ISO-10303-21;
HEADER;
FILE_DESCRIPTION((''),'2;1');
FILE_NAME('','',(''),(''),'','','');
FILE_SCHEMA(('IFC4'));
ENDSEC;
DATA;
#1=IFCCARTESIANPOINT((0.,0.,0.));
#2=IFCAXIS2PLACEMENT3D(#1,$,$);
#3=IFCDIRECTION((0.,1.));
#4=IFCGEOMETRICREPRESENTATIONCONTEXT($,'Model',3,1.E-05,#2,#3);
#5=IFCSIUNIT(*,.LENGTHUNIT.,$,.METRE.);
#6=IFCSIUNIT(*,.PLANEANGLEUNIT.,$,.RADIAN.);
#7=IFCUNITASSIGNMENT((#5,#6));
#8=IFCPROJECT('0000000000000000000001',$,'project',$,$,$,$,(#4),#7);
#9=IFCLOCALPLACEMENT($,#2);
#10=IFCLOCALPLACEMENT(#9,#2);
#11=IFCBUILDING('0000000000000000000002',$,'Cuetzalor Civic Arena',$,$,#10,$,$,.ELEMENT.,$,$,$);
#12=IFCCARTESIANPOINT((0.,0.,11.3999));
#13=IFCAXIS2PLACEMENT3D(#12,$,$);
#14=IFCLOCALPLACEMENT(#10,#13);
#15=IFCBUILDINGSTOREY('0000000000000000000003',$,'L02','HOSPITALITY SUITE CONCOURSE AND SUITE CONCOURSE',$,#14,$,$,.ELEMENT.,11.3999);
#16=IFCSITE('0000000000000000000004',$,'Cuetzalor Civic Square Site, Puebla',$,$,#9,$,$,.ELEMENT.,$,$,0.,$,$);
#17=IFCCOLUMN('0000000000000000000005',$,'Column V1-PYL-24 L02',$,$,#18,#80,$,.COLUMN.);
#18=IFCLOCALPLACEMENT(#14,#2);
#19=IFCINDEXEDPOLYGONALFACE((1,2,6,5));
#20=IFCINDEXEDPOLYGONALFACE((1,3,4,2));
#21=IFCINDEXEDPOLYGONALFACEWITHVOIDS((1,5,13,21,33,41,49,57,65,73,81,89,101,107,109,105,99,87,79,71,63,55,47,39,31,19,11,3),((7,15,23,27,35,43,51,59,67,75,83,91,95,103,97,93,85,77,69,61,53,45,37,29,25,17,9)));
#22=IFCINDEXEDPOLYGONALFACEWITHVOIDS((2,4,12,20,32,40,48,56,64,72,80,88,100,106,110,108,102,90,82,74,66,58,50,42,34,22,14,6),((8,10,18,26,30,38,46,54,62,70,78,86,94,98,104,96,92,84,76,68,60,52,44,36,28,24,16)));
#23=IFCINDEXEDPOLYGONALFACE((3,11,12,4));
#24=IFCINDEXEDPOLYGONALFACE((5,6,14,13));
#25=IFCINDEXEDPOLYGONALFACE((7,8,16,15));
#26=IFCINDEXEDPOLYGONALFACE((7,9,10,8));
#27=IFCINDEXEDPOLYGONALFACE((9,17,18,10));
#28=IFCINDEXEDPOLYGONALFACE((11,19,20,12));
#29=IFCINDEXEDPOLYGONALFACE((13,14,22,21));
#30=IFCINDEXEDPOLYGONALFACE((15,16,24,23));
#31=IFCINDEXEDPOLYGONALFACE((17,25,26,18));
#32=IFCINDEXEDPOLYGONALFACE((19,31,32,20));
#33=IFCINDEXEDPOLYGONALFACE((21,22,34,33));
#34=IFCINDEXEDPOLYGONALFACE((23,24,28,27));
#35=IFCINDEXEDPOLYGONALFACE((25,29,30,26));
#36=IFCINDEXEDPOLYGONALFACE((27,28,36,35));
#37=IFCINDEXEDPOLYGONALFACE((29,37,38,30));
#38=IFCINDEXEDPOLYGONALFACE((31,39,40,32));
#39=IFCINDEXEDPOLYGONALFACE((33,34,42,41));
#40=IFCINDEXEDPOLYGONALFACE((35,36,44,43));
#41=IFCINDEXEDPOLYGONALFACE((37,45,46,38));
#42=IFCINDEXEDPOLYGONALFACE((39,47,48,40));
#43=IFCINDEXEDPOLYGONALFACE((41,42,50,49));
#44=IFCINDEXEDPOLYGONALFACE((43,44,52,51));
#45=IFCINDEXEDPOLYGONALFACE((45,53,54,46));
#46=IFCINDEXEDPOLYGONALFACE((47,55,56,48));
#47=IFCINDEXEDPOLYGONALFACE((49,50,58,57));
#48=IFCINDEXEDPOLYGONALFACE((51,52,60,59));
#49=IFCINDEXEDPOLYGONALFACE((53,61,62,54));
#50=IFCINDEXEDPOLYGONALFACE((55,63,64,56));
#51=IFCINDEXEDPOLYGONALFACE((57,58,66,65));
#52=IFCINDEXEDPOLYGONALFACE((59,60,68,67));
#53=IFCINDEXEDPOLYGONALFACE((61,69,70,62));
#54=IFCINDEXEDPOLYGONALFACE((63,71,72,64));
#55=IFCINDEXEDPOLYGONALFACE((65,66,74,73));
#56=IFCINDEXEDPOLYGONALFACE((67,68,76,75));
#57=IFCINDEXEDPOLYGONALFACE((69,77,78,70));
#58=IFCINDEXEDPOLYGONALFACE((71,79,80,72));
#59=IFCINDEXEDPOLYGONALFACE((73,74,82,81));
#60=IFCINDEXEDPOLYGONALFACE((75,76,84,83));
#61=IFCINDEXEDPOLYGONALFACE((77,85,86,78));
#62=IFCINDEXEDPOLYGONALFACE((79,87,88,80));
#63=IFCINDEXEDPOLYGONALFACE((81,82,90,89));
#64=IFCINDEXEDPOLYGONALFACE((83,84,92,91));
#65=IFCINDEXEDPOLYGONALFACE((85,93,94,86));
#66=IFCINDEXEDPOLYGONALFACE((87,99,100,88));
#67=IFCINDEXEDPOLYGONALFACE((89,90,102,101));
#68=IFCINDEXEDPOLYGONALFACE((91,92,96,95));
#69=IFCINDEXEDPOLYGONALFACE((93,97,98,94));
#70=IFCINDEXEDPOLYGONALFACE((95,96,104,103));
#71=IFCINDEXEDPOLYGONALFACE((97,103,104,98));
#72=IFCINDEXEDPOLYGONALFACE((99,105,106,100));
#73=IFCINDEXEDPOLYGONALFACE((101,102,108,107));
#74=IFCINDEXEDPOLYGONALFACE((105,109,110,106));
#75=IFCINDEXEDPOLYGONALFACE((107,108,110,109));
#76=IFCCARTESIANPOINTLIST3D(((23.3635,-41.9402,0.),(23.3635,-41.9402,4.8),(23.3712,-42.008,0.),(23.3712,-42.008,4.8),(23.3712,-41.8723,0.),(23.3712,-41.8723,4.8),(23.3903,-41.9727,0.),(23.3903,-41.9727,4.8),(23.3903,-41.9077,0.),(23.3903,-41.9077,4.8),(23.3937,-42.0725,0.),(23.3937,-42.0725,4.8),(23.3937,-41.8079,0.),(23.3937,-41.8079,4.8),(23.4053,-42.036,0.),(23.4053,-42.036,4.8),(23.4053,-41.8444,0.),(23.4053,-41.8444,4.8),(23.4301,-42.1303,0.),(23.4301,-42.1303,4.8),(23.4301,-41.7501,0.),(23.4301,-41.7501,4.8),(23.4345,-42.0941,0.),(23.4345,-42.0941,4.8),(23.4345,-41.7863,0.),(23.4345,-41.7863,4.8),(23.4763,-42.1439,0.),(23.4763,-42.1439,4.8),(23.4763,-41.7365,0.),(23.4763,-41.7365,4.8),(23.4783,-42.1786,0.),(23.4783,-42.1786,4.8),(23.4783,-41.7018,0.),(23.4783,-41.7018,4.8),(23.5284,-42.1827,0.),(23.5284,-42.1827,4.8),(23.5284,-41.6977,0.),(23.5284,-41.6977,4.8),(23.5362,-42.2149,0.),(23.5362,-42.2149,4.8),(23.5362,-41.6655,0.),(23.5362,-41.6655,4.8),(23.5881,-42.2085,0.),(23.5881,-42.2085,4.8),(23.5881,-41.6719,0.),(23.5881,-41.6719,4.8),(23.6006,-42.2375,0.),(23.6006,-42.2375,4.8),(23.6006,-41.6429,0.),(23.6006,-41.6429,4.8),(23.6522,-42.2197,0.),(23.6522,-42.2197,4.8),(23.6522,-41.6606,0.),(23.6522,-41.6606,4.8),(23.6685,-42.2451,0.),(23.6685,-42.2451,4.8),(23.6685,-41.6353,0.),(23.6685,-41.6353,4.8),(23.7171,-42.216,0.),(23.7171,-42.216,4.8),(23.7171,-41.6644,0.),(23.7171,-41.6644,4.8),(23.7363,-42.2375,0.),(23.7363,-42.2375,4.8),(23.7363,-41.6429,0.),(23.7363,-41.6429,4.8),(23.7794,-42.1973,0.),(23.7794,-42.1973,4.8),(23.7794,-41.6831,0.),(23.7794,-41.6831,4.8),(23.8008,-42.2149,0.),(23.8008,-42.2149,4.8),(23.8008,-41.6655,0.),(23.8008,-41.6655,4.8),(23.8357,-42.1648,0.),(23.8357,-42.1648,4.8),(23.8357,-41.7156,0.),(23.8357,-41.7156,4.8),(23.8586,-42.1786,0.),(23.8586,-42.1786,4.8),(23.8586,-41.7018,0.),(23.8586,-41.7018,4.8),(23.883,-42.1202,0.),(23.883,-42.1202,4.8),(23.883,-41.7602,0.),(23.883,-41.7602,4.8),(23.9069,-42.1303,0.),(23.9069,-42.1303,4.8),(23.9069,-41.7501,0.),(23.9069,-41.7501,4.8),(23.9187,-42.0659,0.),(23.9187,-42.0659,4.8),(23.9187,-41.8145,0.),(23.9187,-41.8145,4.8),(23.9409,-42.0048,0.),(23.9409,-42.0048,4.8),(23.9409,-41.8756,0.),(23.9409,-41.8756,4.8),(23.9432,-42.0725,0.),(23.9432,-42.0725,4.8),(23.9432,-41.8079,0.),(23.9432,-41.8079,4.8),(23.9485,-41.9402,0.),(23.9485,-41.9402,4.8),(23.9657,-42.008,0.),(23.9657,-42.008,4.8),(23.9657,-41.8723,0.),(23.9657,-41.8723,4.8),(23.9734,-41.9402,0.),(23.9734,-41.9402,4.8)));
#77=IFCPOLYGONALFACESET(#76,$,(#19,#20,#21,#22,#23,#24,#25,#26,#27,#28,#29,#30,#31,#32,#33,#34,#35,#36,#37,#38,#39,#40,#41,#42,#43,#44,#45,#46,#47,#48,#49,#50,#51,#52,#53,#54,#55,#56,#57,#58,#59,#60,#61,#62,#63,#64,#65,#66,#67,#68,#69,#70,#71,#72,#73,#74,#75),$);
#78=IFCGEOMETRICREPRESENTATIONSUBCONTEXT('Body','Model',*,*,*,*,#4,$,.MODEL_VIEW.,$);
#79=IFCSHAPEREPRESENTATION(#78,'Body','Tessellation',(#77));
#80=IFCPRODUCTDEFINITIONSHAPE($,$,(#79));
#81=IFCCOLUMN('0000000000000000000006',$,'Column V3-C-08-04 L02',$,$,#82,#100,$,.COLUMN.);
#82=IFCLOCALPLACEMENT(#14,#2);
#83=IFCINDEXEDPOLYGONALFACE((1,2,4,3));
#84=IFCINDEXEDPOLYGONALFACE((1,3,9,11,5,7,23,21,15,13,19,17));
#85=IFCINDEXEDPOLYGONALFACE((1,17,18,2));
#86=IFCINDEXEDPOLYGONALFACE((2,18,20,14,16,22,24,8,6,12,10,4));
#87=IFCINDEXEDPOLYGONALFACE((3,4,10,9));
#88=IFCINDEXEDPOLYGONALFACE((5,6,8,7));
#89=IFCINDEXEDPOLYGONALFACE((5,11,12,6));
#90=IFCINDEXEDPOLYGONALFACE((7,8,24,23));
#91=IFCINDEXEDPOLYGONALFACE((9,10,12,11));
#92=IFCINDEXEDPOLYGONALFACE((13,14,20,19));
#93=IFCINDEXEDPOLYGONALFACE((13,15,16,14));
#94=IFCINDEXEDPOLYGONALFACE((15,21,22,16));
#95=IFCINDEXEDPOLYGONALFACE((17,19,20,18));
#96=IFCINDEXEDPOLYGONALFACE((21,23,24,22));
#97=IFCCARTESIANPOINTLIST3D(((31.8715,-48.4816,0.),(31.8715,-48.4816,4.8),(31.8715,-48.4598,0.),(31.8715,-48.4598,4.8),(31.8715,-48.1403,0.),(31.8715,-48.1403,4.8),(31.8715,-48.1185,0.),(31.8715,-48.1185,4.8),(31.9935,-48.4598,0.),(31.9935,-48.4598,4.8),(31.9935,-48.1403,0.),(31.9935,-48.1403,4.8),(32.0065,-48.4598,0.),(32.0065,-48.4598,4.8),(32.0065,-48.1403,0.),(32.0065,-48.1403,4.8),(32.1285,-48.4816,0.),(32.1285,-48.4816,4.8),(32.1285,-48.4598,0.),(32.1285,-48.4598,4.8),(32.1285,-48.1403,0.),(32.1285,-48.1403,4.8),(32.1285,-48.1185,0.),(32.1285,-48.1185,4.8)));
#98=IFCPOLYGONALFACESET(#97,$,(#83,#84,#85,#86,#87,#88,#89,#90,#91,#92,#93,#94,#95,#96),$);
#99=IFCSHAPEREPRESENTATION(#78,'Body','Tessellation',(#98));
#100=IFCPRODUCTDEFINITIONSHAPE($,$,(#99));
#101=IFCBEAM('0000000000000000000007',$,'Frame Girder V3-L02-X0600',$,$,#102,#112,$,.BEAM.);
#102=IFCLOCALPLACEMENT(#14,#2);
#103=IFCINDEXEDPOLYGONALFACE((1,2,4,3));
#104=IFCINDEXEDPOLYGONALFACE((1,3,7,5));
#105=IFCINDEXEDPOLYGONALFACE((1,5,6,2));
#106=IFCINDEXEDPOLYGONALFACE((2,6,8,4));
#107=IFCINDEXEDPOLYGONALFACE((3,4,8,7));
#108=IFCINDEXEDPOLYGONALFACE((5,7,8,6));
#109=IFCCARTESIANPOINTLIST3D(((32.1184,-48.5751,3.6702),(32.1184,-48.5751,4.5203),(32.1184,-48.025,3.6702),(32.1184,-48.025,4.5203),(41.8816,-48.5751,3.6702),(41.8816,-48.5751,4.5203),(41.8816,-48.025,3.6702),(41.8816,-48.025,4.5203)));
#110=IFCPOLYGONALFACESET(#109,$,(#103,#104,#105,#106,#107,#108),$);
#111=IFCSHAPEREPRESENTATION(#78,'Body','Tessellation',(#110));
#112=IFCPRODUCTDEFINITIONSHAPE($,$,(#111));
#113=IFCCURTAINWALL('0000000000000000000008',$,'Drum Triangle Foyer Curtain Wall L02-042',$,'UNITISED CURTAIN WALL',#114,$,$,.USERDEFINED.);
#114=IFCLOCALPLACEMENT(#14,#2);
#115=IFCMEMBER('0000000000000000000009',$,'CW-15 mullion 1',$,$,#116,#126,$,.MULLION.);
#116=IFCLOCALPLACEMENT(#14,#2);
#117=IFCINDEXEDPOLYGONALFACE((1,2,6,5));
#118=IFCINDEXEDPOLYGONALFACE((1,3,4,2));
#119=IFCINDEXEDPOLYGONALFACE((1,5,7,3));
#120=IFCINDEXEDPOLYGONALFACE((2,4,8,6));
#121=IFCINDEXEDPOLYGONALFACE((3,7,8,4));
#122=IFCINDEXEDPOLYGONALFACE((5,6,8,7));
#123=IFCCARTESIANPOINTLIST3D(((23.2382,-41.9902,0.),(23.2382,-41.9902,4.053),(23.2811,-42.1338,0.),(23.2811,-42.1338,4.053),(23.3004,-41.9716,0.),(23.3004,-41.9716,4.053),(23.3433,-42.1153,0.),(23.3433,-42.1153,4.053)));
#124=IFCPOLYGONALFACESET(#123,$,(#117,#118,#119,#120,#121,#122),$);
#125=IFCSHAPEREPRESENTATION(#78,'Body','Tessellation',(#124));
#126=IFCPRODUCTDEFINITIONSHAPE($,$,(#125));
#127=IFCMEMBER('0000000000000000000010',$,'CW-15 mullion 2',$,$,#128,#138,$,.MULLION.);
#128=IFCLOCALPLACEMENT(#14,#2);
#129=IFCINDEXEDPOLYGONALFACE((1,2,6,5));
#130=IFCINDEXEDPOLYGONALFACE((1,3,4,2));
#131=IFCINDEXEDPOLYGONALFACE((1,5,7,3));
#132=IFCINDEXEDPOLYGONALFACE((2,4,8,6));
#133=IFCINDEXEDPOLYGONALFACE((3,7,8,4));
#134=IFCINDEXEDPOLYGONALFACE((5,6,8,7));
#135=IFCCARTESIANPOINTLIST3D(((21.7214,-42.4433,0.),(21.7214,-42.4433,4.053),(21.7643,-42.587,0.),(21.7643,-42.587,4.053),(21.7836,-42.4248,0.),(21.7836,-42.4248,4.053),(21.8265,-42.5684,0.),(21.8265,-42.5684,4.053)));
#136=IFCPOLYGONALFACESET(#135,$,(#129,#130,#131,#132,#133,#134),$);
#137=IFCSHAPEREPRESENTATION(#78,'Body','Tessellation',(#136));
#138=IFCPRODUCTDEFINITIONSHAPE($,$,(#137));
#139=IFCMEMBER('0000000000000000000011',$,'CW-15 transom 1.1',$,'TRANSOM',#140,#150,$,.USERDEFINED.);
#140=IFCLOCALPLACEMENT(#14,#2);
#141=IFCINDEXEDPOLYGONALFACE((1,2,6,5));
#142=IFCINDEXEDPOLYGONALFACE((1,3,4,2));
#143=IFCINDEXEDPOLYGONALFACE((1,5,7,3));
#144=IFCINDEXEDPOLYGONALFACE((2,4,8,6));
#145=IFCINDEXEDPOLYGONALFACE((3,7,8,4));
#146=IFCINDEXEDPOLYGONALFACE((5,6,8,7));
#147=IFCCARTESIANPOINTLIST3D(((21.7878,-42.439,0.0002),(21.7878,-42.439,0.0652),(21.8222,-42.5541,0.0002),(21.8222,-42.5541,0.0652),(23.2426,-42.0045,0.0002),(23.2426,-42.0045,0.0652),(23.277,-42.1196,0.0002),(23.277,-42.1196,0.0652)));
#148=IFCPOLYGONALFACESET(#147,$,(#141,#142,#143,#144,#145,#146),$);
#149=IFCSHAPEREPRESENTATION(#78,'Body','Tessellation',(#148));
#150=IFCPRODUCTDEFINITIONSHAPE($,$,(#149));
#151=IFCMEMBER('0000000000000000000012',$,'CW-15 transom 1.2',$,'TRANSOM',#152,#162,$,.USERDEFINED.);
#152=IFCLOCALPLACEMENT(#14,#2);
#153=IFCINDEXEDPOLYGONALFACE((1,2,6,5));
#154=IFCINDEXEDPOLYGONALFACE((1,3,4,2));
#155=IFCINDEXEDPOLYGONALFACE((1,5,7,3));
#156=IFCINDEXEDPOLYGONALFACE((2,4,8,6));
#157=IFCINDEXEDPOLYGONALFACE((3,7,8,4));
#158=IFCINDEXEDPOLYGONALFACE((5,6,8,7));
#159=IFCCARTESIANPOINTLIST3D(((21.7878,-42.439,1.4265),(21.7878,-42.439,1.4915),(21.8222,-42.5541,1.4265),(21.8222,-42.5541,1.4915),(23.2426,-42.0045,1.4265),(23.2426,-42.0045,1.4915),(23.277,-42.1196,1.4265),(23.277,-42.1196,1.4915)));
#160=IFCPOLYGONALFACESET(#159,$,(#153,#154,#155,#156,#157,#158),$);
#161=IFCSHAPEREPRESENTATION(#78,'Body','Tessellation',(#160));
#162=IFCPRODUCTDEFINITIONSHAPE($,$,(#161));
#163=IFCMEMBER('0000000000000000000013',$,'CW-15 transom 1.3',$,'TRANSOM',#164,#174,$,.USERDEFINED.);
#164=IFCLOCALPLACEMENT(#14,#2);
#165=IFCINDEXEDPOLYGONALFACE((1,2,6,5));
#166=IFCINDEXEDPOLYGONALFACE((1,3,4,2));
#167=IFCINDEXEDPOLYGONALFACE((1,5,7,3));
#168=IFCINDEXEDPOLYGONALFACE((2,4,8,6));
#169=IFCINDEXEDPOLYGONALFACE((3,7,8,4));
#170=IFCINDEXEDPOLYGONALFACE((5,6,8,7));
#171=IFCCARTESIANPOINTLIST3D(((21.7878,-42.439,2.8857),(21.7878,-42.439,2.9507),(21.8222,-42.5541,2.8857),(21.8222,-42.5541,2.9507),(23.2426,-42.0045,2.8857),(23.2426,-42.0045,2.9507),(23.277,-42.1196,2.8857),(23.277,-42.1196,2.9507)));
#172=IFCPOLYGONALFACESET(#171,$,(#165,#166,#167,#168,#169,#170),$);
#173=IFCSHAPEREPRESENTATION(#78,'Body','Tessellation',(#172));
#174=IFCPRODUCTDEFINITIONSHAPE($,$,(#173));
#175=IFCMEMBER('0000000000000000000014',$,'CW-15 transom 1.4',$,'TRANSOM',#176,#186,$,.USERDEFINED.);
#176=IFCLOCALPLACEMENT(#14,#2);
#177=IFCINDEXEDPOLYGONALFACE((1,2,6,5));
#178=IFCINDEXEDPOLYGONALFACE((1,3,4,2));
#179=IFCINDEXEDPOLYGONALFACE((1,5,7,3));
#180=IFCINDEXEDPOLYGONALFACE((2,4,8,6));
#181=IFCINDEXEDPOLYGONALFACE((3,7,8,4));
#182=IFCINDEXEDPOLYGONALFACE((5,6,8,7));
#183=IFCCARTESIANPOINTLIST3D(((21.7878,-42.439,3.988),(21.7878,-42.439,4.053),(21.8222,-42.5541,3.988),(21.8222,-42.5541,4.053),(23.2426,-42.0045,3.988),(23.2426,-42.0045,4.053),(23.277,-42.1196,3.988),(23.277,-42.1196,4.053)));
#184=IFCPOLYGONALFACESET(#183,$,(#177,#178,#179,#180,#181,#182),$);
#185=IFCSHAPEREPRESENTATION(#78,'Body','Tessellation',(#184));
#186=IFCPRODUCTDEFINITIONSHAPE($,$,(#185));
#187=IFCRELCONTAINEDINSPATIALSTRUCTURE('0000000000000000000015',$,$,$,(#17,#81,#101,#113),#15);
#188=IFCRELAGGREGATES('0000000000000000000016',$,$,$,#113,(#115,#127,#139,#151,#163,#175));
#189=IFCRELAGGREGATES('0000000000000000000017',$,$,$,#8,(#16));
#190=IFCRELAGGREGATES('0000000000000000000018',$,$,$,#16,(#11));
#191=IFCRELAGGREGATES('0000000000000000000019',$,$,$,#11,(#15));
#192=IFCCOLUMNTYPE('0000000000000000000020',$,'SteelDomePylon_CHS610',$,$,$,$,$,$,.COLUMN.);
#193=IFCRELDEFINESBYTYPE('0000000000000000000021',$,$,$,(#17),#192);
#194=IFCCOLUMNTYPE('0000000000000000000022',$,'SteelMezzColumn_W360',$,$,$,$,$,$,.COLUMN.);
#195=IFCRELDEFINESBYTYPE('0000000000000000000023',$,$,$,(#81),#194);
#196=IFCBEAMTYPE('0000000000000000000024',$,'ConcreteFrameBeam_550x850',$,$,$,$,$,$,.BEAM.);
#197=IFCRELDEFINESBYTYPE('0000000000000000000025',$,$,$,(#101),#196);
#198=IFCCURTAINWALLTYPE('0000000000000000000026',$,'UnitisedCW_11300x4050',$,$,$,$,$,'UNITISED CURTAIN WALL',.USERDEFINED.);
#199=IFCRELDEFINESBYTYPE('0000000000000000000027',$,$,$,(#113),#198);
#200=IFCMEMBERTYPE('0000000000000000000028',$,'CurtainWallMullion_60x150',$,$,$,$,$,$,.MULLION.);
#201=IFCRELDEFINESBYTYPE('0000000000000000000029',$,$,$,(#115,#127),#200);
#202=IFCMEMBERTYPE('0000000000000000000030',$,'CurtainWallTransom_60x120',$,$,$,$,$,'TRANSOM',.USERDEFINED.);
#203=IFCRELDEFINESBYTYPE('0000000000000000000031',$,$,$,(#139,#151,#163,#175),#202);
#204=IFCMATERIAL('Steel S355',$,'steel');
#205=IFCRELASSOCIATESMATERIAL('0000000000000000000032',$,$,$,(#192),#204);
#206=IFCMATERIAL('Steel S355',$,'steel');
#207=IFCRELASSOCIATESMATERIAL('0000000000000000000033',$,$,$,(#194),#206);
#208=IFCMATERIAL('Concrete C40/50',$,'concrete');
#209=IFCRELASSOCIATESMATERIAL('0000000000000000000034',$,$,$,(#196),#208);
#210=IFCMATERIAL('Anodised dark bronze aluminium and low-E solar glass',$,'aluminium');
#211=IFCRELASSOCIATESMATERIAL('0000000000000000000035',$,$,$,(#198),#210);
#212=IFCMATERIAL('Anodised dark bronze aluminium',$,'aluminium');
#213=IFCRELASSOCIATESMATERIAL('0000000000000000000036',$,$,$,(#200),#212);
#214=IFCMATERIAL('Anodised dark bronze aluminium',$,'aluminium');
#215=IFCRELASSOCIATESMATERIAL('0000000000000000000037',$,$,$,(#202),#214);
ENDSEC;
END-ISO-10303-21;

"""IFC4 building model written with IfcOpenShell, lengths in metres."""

from ifc_helpers import new_model, si_unit, direction, frame, origin, origin_2d, place, context, subcontext, project, spatial, rectangle, hollow_circle, i_section, extrude, material, material_profile, profile_set, type_object, element, aggregate, save


model = new_model("IFC4")

# Units and contexts
model_context = context("Model", 3, precision=1e-05, world=origin(), true_north=direction((0.0, 1.0)))
body_context = subcontext(model_context, "Body", "Model", "MODEL_VIEW")
ifc_project = project(units=[si_unit("LENGTHUNIT", "METRE"), si_unit("PLANEANGLEUNIT", "RADIAN")], contexts=[model_context])

# Site, building, storey
site_placement = place(None, origin())
site = spatial("IfcSite", under=ifc_project, at=site_placement, Name="Cuetzalor Civic Square Site, Puebla", CompositionType="ELEMENT", RefElevation=0.0)
building_placement = place(site_placement, origin())
building = spatial("IfcBuilding", under=site, at=building_placement, Name="Cuetzalor Civic Arena", CompositionType="ELEMENT")
storey_placement = place(building_placement, frame((0.0, 0.0, 11.3999)))
storey = spatial("IfcBuildingStorey", under=building, at=storey_placement, Name="L02", Description="HOSPITALITY SUITE CONCOURSE AND SUITE CONCOURSE", CompositionType="ELEMENT", Elevation=11.3999)

# Columns
ifc_material_1 = material(Name="Steel S355", Category="steel")
ifc_material_profile_1 = material_profile(ifc_material_1, hollow_circle(Radius=0.3049, WallThickness=0.0249, at=origin_2d()), Name="CHS 610x25")
ifc_profile_set_1 = profile_set([ifc_material_profile_1], Name="Steel S355")
column_type_1 = type_object("IfcColumnType", Name="SteelDomePylon_CHS610", PredefinedType="COLUMN", material=ifc_profile_set_1)
column_1_placement = place(storey_placement, frame((23.6685, -41.9402, 0.0), z_axis=(0.0, 0.0, 1.0), x_axis=(1.0, 0.0, 0.0)))
element("IfcColumn", 1, at=column_1_placement, inside=storey, type_object=column_type_1, Name="Column V1-PYL-24 L02", PredefinedType="COLUMN", context=body_context, shape_type="SweptSolid", body=[
    extrude(hollow_circle(Radius=0.3049, WallThickness=0.0249, at=origin_2d()), origin(), (0.0, 0.0, 1.0), 4.8),
])
ifc_material_2 = material(Name="Steel S355", Category="steel")
ifc_material_profile_2 = material_profile(ifc_material_2, i_section(OverallWidth=0.2571, OverallDepth=0.363, WebThickness=0.0129, FlangeThickness=0.0217, at=origin_2d()), Name="W360x122")
ifc_profile_set_2 = profile_set([ifc_material_profile_2], Name="Steel S355")
column_type_2 = type_object("IfcColumnType", Name="SteelMezzColumn_W360", PredefinedType="COLUMN", material=ifc_profile_set_2)
column_2_placement = place(storey_placement, frame((32.0, -48.3, 0.0), z_axis=(0.0, 0.0, 1.0), x_axis=(1.0, 0.0, 0.0)))
element("IfcColumn", 2, at=column_2_placement, inside=storey, type_object=column_type_2, Name="Column V3-C-08-04 L02", PredefinedType="COLUMN", context=body_context, shape_type="SweptSolid", body=[
    extrude(i_section(OverallWidth=0.2571, OverallDepth=0.363, WebThickness=0.0129, FlangeThickness=0.0217, at=origin_2d()), origin(), (0.0, 0.0, 1.0), 4.8),
])

# Beam
ifc_material_3 = material(Name="Concrete C40/50", Category="concrete")
ifc_material_profile_3 = material_profile(ifc_material_3, rectangle(XDim=0.55, YDim=0.8501, at=origin_2d()), Name="RC 550x850")
ifc_profile_set_3 = profile_set([ifc_material_profile_3], Name="Concrete C40/50")
beam_type_1 = type_object("IfcBeamType", Name="ConcreteFrameBeam_550x850", PredefinedType="BEAM", material=ifc_profile_set_3)
beam_1_placement = place(storey_placement, frame((32.1184, -48.3, 4.0952), z_axis=(1.0, 0.0, 0.0), x_axis=(0.0, 1.0, 0.0)))
element("IfcBeam", 3, at=beam_1_placement, inside=storey, type_object=beam_type_1, Name="Frame Girder V3-L02-X0600", PredefinedType="BEAM", context=body_context, shape_type="SweptSolid", body=[
    extrude(rectangle(XDim=0.55, YDim=0.8501, at=origin_2d()), origin(), (0.0, 0.0, 1.0), 9.7632),
])

# Curtain wall, members
ifc_material_4 = material(Name="Anodised dark bronze aluminium and low-E solar glass", Category="aluminium")
curtain_wall_type = type_object("IfcCurtainWallType", Name="UnitisedCW_11300x4050", ElementType="UNITISED CURTAIN WALL", PredefinedType="USERDEFINED", material=ifc_material_4)
curtain_wall_placement = place(storey_placement, origin())
curtain_wall = element("IfcCurtainWall", 4, at=curtain_wall_placement, inside=storey, type_object=curtain_wall_type, Name="Drum Triangle Foyer Curtain Wall L02-042", ObjectType="UNITISED CURTAIN WALL", PredefinedType="USERDEFINED")
ifc_material_5 = material(Name="Anodised dark bronze aluminium", Category="aluminium")
ifc_material_profile_4 = material_profile(ifc_material_5, rectangle(XDim=0.0649, YDim=0.1499, at=origin_2d()), Name="ALU MULLION 65x150")
ifc_profile_set_4 = profile_set([ifc_material_profile_4], Name="Anodised dark bronze aluminium")
member_type_1 = type_object("IfcMemberType", Name="CurtainWallMullion_60x150", PredefinedType="MULLION", material=ifc_profile_set_4)
member_1_placement = place(storey_placement, frame((23.2908, -42.0527, 0.0), z_axis=(0.0, 0.0, 1.0), x_axis=(-0.958194, -0.28612, 0.0)))
member_1 = element("IfcMember", 5, at=member_1_placement, type_object=member_type_1, Name="CW-15 mullion 1", PredefinedType="MULLION", context=body_context, shape_type="SweptSolid", body=[
    extrude(rectangle(XDim=0.0649, YDim=0.1499, at=origin_2d()), origin(), (0.0, 0.0, 1.0), 4.053),
])
member_2_placement = place(storey_placement, frame((21.7739, -42.5059, 0.0), z_axis=(0.0, 0.0, 1.0), x_axis=(-0.958194, -0.28612, 0.0)))
member_2 = element("IfcMember", 6, at=member_2_placement, type_object=member_type_1, Name="CW-15 mullion 2", PredefinedType="MULLION", context=body_context, shape_type="SweptSolid", body=[
    extrude(rectangle(XDim=0.0649, YDim=0.1499, at=origin_2d()), origin(), (0.0, 0.0, 1.0), 4.053),
])
ifc_material_6 = material(Name="Anodised dark bronze aluminium", Category="aluminium")
ifc_material_profile_5 = material_profile(ifc_material_6, rectangle(XDim=0.1201, YDim=0.0649, at=origin_2d()), Name="ALU TRANSOM 65x120")
ifc_profile_set_5 = profile_set([ifc_material_profile_5], Name="Anodised dark bronze aluminium")
member_type_2 = type_object("IfcMemberType", Name="CurtainWallTransom_60x120", ElementType="TRANSOM", PredefinedType="USERDEFINED", material=ifc_profile_set_5)
member_3_placement = place(storey_placement, frame((23.2598, -42.062, 0.0327), z_axis=(-0.958166, -0.286212, 0.0), x_axis=(0.286212, -0.958166, 0.0)))
member_3 = element("IfcMember", 7, at=member_3_placement, type_object=member_type_2, Name="CW-15 transom 1.1", ObjectType="TRANSOM", PredefinedType="USERDEFINED", context=body_context, shape_type="SweptSolid", body=[
    extrude(rectangle(XDim=0.1201, YDim=0.0649, at=origin_2d()), origin(), (0.0, 0.0, 1.0), 1.5183),
])
member_4_placement = place(storey_placement, frame((23.2598, -42.062, 1.459), z_axis=(-0.958166, -0.286212, 0.0), x_axis=(0.286212, -0.958166, 0.0)))
member_4 = element("IfcMember", 8, at=member_4_placement, type_object=member_type_2, Name="CW-15 transom 1.2", ObjectType="TRANSOM", PredefinedType="USERDEFINED", context=body_context, shape_type="SweptSolid", body=[
    extrude(rectangle(XDim=0.1201, YDim=0.0649, at=origin_2d()), origin(), (0.0, 0.0, 1.0), 1.5183),
])
member_5_placement = place(storey_placement, frame((23.2598, -42.062, 2.9182), z_axis=(-0.958166, -0.286212, 0.0), x_axis=(0.286212, -0.958166, 0.0)))
member_5 = element("IfcMember", 9, at=member_5_placement, type_object=member_type_2, Name="CW-15 transom 1.3", ObjectType="TRANSOM", PredefinedType="USERDEFINED", context=body_context, shape_type="SweptSolid", body=[
    extrude(rectangle(XDim=0.1201, YDim=0.0649, at=origin_2d()), origin(), (0.0, 0.0, 1.0), 1.5183),
])
member_6_placement = place(storey_placement, frame((23.2598, -42.062, 4.0205), z_axis=(-0.958166, -0.286212, 0.0), x_axis=(0.286212, -0.958166, 0.0)))
member_6 = element("IfcMember", 10, at=member_6_placement, type_object=member_type_2, Name="CW-15 transom 1.4", ObjectType="TRANSOM", PredefinedType="USERDEFINED", context=body_context, shape_type="SweptSolid", body=[
    extrude(rectangle(XDim=0.1201, YDim=0.0649, at=origin_2d()), origin(), (0.0, 0.0, 1.0), 1.5183),
])

aggregate(curtain_wall, [member_1, member_2, member_3, member_4, member_5, member_6])

save(model, "model.ifc")
